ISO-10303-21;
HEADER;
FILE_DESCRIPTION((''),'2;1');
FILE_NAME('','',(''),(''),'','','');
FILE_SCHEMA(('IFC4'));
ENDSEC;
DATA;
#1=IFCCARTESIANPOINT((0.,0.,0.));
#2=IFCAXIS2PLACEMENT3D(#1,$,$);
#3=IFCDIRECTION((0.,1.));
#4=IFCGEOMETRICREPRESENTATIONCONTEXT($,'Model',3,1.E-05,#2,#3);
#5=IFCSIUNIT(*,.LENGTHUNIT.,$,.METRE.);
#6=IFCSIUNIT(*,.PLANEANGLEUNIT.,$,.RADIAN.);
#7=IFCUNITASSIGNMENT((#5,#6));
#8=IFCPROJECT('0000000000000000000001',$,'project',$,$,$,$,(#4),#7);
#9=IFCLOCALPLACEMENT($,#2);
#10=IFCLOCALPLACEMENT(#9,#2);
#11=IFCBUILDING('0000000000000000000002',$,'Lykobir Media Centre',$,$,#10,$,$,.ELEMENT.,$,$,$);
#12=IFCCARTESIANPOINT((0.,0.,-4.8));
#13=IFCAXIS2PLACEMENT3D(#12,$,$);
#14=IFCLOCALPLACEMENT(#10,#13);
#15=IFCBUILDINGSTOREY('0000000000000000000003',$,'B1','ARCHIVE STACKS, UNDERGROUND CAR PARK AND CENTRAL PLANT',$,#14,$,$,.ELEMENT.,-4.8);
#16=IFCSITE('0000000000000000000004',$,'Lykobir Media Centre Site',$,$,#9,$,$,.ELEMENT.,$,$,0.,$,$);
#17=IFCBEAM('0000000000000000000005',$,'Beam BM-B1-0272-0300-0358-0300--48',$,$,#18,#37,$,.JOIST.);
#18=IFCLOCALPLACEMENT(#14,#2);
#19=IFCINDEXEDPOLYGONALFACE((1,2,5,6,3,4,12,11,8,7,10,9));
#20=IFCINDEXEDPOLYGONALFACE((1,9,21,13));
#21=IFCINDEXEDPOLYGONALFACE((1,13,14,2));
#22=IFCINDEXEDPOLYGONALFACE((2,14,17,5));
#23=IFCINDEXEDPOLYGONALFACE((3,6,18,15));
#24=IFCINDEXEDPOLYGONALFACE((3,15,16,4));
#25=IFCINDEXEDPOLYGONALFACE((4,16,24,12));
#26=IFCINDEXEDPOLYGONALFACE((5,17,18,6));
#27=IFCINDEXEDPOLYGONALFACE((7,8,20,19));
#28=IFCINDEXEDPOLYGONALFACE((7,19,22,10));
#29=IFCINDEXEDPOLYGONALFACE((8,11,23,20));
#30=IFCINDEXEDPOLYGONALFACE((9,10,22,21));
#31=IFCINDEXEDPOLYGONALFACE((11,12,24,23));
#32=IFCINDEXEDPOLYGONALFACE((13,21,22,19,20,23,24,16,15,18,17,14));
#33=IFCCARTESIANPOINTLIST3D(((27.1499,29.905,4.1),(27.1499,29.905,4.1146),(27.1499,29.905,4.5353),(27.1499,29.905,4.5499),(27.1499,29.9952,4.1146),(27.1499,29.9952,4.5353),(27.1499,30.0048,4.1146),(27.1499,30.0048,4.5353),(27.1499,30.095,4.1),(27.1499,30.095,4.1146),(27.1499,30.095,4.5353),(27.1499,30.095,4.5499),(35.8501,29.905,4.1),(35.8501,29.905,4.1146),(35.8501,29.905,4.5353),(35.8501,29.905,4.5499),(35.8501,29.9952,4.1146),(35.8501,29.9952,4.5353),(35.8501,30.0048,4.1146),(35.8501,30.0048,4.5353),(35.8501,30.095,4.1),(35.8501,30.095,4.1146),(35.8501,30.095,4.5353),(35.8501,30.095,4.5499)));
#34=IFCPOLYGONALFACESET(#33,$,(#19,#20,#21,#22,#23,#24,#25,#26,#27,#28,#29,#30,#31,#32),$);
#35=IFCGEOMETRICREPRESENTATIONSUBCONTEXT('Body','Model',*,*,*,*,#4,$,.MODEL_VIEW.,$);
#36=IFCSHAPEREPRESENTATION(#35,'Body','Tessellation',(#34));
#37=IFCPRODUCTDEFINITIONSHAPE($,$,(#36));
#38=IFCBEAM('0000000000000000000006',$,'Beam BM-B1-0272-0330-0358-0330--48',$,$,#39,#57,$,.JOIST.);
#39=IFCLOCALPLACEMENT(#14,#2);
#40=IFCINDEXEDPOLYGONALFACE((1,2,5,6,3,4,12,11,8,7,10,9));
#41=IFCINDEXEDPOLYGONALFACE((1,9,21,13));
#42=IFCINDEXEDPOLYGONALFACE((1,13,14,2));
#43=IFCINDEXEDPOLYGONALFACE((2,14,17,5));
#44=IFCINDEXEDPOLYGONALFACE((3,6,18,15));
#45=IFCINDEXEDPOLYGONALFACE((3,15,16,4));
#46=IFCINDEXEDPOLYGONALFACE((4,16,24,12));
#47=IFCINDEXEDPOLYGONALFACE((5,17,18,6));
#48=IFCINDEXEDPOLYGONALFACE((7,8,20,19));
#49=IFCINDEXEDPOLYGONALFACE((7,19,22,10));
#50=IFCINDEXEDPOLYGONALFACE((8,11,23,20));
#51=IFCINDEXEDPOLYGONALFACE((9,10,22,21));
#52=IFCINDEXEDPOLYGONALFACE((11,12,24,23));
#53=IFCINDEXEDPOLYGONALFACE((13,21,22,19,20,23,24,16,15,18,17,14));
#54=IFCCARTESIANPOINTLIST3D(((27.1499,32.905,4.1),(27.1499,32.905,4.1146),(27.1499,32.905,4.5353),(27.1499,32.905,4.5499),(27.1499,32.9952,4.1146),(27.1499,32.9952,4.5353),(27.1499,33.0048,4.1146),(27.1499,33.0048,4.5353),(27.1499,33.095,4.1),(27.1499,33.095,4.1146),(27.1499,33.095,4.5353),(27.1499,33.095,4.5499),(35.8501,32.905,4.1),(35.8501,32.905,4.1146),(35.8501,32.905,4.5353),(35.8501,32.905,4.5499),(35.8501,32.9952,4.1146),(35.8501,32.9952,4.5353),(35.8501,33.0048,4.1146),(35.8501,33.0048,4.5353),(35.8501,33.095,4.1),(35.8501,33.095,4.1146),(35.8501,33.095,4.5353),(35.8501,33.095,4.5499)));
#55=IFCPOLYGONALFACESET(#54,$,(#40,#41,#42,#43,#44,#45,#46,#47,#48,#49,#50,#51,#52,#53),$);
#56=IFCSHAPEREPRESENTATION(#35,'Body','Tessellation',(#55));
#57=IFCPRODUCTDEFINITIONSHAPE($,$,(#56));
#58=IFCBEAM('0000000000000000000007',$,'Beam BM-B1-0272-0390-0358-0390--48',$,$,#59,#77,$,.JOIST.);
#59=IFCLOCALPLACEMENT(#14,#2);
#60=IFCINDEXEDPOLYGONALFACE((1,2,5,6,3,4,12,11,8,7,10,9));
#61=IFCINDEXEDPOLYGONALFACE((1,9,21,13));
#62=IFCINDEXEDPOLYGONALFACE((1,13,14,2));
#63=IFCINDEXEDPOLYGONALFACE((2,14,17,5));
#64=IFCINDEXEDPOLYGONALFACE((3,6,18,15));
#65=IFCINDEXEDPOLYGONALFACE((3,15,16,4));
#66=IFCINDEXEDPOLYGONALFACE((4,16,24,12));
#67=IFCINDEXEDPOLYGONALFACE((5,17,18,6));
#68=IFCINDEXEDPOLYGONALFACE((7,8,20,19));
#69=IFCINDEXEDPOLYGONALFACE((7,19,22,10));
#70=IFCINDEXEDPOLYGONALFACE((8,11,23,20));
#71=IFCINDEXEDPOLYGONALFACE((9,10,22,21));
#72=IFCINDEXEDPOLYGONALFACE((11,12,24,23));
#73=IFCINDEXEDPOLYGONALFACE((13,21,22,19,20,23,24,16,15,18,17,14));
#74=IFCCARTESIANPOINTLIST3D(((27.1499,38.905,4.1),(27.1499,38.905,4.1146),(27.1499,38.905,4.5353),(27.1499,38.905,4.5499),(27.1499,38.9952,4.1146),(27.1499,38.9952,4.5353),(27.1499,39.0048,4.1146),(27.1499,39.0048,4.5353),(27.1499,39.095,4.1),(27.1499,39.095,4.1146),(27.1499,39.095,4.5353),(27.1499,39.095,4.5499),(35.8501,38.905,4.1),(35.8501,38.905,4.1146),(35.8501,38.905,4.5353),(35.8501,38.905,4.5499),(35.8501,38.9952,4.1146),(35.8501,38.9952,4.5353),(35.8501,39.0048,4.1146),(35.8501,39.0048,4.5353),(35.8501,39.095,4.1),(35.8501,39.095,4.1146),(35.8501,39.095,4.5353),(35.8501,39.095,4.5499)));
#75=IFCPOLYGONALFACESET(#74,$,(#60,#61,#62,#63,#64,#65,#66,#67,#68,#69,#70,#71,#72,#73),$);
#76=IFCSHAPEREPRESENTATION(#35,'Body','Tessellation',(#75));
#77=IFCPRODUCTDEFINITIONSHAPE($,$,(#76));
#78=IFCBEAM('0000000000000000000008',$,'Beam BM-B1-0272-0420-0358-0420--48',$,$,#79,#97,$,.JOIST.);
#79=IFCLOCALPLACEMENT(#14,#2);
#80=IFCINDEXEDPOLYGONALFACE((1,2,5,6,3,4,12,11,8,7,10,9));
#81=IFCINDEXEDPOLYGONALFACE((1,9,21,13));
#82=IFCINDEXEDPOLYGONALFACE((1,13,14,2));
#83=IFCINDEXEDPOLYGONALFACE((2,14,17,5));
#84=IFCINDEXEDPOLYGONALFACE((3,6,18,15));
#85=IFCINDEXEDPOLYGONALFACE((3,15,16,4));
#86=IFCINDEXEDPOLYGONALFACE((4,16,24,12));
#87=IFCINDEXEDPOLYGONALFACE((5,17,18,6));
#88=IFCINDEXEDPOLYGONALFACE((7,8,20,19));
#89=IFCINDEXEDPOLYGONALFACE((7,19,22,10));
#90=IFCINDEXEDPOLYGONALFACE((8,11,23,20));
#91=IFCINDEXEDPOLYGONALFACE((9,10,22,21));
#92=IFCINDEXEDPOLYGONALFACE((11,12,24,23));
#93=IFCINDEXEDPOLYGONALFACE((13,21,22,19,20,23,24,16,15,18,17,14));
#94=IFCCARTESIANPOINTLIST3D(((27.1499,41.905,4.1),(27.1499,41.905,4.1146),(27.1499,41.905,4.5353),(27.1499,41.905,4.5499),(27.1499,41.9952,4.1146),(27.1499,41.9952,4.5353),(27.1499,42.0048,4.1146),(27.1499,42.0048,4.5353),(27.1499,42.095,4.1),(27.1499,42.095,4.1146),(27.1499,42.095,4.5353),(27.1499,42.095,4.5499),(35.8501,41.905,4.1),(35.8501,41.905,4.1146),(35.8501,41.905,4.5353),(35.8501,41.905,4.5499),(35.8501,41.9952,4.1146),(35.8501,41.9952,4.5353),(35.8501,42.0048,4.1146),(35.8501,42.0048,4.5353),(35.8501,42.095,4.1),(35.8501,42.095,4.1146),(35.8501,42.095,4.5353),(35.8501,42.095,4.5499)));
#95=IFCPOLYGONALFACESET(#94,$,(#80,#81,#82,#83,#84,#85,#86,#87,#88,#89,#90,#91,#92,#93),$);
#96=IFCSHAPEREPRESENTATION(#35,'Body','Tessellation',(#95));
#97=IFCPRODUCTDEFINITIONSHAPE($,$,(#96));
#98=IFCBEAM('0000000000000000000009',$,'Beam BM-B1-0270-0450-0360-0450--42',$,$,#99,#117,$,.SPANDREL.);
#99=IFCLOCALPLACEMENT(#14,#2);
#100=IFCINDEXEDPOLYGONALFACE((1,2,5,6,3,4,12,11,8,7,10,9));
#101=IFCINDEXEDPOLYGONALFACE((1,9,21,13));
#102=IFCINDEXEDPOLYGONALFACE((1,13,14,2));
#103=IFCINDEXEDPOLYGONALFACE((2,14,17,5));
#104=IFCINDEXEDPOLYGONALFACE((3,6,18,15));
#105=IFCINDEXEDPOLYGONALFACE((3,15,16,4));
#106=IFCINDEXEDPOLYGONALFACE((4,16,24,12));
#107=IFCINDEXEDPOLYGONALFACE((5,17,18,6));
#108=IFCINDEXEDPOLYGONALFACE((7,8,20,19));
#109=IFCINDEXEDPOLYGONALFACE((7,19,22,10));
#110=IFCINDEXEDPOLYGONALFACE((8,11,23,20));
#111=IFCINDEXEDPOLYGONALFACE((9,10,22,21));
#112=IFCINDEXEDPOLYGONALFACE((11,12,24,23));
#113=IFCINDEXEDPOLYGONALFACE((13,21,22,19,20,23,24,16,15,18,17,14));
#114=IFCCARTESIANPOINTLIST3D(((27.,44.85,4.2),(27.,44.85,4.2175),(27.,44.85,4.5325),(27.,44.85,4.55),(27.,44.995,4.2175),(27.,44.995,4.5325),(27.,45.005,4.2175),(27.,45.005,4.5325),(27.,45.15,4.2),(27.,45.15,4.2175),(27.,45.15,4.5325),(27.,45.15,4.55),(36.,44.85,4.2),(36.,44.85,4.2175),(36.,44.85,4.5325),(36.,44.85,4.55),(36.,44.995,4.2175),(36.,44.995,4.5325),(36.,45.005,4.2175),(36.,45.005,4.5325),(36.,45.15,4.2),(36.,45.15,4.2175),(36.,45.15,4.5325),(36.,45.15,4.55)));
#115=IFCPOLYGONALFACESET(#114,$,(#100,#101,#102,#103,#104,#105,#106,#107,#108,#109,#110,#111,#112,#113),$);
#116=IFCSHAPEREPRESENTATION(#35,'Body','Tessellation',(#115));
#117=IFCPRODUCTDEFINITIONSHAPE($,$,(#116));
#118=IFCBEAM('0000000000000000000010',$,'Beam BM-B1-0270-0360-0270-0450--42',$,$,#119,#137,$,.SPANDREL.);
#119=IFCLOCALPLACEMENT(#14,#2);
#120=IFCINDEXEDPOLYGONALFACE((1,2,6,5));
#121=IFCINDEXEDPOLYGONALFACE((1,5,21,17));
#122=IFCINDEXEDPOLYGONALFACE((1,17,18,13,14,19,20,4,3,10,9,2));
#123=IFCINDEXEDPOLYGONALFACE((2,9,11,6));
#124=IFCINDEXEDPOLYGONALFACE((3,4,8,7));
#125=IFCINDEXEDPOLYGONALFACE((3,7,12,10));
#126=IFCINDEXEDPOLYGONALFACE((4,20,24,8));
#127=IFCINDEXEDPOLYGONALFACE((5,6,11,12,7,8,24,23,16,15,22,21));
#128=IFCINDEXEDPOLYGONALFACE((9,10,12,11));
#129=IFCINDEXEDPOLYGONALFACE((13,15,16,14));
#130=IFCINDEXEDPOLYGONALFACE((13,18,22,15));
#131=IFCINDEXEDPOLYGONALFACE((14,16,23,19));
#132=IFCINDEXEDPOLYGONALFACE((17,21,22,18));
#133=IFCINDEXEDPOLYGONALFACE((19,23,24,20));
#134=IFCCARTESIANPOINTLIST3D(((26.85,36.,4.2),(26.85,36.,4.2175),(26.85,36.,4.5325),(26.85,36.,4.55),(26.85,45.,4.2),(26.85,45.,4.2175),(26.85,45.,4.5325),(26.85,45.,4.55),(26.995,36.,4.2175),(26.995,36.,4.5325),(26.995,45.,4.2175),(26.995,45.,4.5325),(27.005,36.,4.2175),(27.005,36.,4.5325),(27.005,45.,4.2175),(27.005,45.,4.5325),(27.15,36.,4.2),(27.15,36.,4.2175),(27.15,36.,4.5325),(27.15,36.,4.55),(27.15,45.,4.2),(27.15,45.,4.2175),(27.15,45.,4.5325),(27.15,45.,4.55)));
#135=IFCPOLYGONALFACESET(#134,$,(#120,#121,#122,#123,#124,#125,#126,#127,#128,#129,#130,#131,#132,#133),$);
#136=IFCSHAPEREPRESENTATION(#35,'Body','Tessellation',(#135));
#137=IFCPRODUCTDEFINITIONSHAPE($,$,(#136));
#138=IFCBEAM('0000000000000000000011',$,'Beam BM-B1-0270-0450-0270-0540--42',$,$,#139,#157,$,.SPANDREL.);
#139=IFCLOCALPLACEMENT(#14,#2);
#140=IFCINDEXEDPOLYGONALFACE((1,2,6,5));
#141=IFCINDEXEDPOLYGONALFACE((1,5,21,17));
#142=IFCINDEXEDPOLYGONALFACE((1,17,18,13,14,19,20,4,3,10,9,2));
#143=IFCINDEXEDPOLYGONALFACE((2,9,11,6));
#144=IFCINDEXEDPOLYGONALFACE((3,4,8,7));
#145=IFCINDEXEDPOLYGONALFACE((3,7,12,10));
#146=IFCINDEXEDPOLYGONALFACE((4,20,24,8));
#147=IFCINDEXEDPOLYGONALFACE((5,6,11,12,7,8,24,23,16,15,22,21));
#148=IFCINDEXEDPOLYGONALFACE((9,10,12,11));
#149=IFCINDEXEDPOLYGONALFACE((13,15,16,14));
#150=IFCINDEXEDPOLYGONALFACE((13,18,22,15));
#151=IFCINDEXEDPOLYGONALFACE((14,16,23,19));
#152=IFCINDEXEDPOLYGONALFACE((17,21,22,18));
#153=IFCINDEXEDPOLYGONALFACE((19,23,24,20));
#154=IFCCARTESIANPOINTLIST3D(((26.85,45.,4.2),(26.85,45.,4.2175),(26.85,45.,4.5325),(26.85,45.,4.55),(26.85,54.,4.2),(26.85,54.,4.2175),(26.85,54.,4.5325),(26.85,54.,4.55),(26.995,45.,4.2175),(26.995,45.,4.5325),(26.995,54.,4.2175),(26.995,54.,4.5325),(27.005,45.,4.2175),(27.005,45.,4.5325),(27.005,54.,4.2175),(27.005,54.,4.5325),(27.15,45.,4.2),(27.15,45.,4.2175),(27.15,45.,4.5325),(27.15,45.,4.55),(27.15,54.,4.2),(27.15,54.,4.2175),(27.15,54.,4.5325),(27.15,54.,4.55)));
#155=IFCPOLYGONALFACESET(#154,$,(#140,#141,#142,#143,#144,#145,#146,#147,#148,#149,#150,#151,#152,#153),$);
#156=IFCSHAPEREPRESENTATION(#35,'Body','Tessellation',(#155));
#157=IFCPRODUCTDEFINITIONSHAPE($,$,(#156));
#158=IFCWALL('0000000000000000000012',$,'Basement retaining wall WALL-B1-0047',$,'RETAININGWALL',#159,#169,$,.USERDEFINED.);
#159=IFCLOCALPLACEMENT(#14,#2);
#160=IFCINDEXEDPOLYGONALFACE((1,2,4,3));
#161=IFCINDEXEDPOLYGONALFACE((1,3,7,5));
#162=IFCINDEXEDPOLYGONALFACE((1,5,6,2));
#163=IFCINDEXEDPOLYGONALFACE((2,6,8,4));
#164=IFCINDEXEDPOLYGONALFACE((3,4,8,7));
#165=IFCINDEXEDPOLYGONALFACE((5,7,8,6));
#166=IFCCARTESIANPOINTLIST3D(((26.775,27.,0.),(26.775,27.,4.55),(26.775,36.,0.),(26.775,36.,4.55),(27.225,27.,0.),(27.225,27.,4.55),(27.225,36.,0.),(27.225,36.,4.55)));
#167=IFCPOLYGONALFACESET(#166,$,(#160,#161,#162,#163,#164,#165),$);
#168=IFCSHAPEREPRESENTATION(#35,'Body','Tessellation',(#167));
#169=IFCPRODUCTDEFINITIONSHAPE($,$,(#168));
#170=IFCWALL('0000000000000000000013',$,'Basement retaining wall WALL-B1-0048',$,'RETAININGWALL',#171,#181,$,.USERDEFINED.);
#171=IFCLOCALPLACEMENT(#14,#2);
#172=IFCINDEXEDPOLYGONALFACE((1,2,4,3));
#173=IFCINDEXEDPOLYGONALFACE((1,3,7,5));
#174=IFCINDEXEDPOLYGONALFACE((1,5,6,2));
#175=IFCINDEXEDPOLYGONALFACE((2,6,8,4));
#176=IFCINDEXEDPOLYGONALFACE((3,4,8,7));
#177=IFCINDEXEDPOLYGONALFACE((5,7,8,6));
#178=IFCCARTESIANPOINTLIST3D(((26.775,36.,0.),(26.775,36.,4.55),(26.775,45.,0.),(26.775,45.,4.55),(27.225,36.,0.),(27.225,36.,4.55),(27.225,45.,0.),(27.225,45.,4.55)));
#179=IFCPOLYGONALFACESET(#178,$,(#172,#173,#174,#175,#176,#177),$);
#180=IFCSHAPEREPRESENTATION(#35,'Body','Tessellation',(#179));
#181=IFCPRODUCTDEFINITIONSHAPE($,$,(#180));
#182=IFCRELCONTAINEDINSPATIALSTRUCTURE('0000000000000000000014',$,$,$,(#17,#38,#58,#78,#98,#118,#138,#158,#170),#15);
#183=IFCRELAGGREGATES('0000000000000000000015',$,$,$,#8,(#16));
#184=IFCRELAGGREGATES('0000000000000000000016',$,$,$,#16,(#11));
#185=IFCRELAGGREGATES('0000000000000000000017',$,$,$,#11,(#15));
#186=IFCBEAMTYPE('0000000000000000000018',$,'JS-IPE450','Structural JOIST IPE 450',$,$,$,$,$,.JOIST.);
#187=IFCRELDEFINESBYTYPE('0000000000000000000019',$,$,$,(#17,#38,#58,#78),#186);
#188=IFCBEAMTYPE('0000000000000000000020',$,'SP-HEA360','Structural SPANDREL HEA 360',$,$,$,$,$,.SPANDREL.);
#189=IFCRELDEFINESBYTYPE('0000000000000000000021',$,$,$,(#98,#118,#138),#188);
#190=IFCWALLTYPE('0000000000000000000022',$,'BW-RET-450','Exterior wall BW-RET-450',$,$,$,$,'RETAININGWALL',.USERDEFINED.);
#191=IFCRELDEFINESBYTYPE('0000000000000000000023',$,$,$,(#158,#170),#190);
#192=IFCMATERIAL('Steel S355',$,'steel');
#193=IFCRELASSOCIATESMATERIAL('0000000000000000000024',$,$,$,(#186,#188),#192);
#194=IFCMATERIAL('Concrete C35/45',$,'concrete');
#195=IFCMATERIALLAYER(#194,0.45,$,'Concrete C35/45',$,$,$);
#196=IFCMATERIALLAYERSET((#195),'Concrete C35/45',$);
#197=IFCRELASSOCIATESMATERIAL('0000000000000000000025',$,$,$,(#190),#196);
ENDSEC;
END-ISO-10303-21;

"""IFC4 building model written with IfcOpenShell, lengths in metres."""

from ifc_helpers import new_model, si_unit, direction, frame, frame_2d, origin, origin_2d, place, context, subcontext, project, spatial, rectangle, i_section, extrude, material, layer, layer_set, material_profile, profile_set, type_object, element, save


model = new_model("IFC4")

# Units and contexts
model_context = context("Model", 3, precision=1e-05, world=origin(), true_north=direction((0.0, 1.0)))
body_context = subcontext(model_context, "Body", "Model", "MODEL_VIEW")
ifc_project = project(units=[si_unit("LENGTHUNIT", "METRE"), si_unit("PLANEANGLEUNIT", "RADIAN")], contexts=[model_context])

# Site, building, storey
site_placement = place(None, origin())
site = spatial("IfcSite", under=ifc_project, at=site_placement, Name="Lykobir Media Centre Site", CompositionType="ELEMENT", RefElevation=0.0)
building_placement = place(site_placement, origin())
building = spatial("IfcBuilding", under=site, at=building_placement, Name="Lykobir Media Centre", CompositionType="ELEMENT")
storey_placement = place(building_placement, frame((0.0, 0.0, -4.8)))
storey = spatial("IfcBuildingStorey", under=building, at=storey_placement, Name="B1", Description="ARCHIVE STACKS, UNDERGROUND CAR PARK AND CENTRAL PLANT", CompositionType="ELEMENT", Elevation=-4.8)

# Shared definitions
ifc_material_1 = material(Name="Concrete C35/45", Category="concrete")

# Shared definitions
ifc_material_2 = material(Name="Steel S355", Category="steel")

# Beams
ifc_material_profile_1 = material_profile(ifc_material_2, i_section(OverallWidth=0.1899, OverallDepth=0.45, WebThickness=0.0095, FlangeThickness=0.0146, at=origin_2d()), Name="IPE 450")
ifc_profile_set_1 = profile_set([ifc_material_profile_1], Name="Steel S355")
beam_type_1 = type_object("IfcBeamType", Name="JS-IPE450", Description="Structural JOIST IPE 450", PredefinedType="JOIST", material=ifc_profile_set_1)
for number, where, z_axis, x_axis, name in (
    (1, (27.1499, 30.0, 4.325), (1.0, 0.0, 0.0), (0.0, 1.0, 0.0), "Beam BM-B1-0272-0300-0358-0300--48"),
    (2, (27.1499, 33.0, 4.325), (1.0, 0.0, 0.0), (0.0, 1.0, 0.0), "Beam BM-B1-0272-0330-0358-0330--48"),
    (3, (27.1499, 39.0, 4.325), (1.0, 0.0, 0.0), (0.0, 1.0, 0.0), "Beam BM-B1-0272-0390-0358-0390--48"),
    (4, (27.1499, 42.0, 4.325), (1.0, 0.0, 0.0), (0.0, 1.0, 0.0), "Beam BM-B1-0272-0420-0358-0420--48"),
):
    element("IfcBeam", number, at=place(storey_placement, frame(where, z_axis=z_axis, x_axis=x_axis)), inside=storey, type_object=beam_type_1, Name=name, PredefinedType="JOIST", context=body_context, shape_type="SweptSolid", body=[
        extrude(i_section(OverallWidth=0.1899, OverallDepth=0.45, WebThickness=0.0095, FlangeThickness=0.0146, at=origin_2d()), origin(), (0.0, 0.0, 1.0), 8.7002),
    ])
ifc_material_profile_2 = material_profile(ifc_material_2, i_section(OverallWidth=0.3, OverallDepth=0.3501, WebThickness=0.01, FlangeThickness=0.0176, at=origin_2d()), Name="HEA 360")
ifc_profile_set_2 = profile_set([ifc_material_profile_2], Name="Steel S355")
beam_type_2 = type_object("IfcBeamType", Name="SP-HEA360", Description="Structural SPANDREL HEA 360", PredefinedType="SPANDREL", material=ifc_profile_set_2)
for number, where, z_axis, x_axis, name in (
    (5, (27.0, 45.0, 4.375), (1.0, 0.0, 0.0), (0.0, 1.0, 0.0), "Beam BM-B1-0270-0450-0360-0450--42"),
    (6, (27.0, 36.0, 4.375), (0.0, 1.0, 0.0), (-1.0, 0.0, 0.0), "Beam BM-B1-0270-0360-0270-0450--42"),
    (7, (27.0, 45.0, 4.375), (0.0, 1.0, 0.0), (-1.0, 0.0, 0.0), "Beam BM-B1-0270-0450-0270-0540--42"),
):
    element("IfcBeam", number, at=place(storey_placement, frame(where, z_axis=z_axis, x_axis=x_axis)), inside=storey, type_object=beam_type_2, Name=name, PredefinedType="SPANDREL", context=body_context, shape_type="SweptSolid", body=[
        extrude(i_section(OverallWidth=0.3, OverallDepth=0.3501, WebThickness=0.01, FlangeThickness=0.0176, at=origin_2d()), origin(), (0.0, 0.0, 1.0), 9.0),
    ])

# Walls
ifc_layer = layer(ifc_material_1, 0.45, Name="Concrete C35/45")
ifc_layer_set = layer_set([ifc_layer], Name="Concrete C35/45")
wall_type = type_object("IfcWallType", Name="BW-RET-450", Description="Exterior wall BW-RET-450", ElementType="RETAININGWALL", PredefinedType="USERDEFINED", material=ifc_layer_set)
for number, where, z_axis, x_axis, name in (
    (8, (27.0, 36.0, 0.0), (0.0, 0.0, 1.0), (0.0, -1.0, 0.0), "Basement retaining wall WALL-B1-0047"),
    (9, (27.0, 45.0, 0.0), (0.0, 0.0, 1.0), (0.0, -1.0, 0.0), "Basement retaining wall WALL-B1-0048"),
):
    element("IfcWall", number, at=place(storey_placement, frame(where, z_axis=z_axis, x_axis=x_axis)), inside=storey, type_object=wall_type, Name=name, ObjectType="RETAININGWALL", PredefinedType="USERDEFINED", context=body_context, shape_type="SweptSolid", body=[
        extrude(rectangle(XDim=9.0, YDim=0.45, at=frame_2d((4.5, 0.0))), origin(), (0.0, 0.0, 1.0), 4.55),
    ])

save(model, "model.ifc")
